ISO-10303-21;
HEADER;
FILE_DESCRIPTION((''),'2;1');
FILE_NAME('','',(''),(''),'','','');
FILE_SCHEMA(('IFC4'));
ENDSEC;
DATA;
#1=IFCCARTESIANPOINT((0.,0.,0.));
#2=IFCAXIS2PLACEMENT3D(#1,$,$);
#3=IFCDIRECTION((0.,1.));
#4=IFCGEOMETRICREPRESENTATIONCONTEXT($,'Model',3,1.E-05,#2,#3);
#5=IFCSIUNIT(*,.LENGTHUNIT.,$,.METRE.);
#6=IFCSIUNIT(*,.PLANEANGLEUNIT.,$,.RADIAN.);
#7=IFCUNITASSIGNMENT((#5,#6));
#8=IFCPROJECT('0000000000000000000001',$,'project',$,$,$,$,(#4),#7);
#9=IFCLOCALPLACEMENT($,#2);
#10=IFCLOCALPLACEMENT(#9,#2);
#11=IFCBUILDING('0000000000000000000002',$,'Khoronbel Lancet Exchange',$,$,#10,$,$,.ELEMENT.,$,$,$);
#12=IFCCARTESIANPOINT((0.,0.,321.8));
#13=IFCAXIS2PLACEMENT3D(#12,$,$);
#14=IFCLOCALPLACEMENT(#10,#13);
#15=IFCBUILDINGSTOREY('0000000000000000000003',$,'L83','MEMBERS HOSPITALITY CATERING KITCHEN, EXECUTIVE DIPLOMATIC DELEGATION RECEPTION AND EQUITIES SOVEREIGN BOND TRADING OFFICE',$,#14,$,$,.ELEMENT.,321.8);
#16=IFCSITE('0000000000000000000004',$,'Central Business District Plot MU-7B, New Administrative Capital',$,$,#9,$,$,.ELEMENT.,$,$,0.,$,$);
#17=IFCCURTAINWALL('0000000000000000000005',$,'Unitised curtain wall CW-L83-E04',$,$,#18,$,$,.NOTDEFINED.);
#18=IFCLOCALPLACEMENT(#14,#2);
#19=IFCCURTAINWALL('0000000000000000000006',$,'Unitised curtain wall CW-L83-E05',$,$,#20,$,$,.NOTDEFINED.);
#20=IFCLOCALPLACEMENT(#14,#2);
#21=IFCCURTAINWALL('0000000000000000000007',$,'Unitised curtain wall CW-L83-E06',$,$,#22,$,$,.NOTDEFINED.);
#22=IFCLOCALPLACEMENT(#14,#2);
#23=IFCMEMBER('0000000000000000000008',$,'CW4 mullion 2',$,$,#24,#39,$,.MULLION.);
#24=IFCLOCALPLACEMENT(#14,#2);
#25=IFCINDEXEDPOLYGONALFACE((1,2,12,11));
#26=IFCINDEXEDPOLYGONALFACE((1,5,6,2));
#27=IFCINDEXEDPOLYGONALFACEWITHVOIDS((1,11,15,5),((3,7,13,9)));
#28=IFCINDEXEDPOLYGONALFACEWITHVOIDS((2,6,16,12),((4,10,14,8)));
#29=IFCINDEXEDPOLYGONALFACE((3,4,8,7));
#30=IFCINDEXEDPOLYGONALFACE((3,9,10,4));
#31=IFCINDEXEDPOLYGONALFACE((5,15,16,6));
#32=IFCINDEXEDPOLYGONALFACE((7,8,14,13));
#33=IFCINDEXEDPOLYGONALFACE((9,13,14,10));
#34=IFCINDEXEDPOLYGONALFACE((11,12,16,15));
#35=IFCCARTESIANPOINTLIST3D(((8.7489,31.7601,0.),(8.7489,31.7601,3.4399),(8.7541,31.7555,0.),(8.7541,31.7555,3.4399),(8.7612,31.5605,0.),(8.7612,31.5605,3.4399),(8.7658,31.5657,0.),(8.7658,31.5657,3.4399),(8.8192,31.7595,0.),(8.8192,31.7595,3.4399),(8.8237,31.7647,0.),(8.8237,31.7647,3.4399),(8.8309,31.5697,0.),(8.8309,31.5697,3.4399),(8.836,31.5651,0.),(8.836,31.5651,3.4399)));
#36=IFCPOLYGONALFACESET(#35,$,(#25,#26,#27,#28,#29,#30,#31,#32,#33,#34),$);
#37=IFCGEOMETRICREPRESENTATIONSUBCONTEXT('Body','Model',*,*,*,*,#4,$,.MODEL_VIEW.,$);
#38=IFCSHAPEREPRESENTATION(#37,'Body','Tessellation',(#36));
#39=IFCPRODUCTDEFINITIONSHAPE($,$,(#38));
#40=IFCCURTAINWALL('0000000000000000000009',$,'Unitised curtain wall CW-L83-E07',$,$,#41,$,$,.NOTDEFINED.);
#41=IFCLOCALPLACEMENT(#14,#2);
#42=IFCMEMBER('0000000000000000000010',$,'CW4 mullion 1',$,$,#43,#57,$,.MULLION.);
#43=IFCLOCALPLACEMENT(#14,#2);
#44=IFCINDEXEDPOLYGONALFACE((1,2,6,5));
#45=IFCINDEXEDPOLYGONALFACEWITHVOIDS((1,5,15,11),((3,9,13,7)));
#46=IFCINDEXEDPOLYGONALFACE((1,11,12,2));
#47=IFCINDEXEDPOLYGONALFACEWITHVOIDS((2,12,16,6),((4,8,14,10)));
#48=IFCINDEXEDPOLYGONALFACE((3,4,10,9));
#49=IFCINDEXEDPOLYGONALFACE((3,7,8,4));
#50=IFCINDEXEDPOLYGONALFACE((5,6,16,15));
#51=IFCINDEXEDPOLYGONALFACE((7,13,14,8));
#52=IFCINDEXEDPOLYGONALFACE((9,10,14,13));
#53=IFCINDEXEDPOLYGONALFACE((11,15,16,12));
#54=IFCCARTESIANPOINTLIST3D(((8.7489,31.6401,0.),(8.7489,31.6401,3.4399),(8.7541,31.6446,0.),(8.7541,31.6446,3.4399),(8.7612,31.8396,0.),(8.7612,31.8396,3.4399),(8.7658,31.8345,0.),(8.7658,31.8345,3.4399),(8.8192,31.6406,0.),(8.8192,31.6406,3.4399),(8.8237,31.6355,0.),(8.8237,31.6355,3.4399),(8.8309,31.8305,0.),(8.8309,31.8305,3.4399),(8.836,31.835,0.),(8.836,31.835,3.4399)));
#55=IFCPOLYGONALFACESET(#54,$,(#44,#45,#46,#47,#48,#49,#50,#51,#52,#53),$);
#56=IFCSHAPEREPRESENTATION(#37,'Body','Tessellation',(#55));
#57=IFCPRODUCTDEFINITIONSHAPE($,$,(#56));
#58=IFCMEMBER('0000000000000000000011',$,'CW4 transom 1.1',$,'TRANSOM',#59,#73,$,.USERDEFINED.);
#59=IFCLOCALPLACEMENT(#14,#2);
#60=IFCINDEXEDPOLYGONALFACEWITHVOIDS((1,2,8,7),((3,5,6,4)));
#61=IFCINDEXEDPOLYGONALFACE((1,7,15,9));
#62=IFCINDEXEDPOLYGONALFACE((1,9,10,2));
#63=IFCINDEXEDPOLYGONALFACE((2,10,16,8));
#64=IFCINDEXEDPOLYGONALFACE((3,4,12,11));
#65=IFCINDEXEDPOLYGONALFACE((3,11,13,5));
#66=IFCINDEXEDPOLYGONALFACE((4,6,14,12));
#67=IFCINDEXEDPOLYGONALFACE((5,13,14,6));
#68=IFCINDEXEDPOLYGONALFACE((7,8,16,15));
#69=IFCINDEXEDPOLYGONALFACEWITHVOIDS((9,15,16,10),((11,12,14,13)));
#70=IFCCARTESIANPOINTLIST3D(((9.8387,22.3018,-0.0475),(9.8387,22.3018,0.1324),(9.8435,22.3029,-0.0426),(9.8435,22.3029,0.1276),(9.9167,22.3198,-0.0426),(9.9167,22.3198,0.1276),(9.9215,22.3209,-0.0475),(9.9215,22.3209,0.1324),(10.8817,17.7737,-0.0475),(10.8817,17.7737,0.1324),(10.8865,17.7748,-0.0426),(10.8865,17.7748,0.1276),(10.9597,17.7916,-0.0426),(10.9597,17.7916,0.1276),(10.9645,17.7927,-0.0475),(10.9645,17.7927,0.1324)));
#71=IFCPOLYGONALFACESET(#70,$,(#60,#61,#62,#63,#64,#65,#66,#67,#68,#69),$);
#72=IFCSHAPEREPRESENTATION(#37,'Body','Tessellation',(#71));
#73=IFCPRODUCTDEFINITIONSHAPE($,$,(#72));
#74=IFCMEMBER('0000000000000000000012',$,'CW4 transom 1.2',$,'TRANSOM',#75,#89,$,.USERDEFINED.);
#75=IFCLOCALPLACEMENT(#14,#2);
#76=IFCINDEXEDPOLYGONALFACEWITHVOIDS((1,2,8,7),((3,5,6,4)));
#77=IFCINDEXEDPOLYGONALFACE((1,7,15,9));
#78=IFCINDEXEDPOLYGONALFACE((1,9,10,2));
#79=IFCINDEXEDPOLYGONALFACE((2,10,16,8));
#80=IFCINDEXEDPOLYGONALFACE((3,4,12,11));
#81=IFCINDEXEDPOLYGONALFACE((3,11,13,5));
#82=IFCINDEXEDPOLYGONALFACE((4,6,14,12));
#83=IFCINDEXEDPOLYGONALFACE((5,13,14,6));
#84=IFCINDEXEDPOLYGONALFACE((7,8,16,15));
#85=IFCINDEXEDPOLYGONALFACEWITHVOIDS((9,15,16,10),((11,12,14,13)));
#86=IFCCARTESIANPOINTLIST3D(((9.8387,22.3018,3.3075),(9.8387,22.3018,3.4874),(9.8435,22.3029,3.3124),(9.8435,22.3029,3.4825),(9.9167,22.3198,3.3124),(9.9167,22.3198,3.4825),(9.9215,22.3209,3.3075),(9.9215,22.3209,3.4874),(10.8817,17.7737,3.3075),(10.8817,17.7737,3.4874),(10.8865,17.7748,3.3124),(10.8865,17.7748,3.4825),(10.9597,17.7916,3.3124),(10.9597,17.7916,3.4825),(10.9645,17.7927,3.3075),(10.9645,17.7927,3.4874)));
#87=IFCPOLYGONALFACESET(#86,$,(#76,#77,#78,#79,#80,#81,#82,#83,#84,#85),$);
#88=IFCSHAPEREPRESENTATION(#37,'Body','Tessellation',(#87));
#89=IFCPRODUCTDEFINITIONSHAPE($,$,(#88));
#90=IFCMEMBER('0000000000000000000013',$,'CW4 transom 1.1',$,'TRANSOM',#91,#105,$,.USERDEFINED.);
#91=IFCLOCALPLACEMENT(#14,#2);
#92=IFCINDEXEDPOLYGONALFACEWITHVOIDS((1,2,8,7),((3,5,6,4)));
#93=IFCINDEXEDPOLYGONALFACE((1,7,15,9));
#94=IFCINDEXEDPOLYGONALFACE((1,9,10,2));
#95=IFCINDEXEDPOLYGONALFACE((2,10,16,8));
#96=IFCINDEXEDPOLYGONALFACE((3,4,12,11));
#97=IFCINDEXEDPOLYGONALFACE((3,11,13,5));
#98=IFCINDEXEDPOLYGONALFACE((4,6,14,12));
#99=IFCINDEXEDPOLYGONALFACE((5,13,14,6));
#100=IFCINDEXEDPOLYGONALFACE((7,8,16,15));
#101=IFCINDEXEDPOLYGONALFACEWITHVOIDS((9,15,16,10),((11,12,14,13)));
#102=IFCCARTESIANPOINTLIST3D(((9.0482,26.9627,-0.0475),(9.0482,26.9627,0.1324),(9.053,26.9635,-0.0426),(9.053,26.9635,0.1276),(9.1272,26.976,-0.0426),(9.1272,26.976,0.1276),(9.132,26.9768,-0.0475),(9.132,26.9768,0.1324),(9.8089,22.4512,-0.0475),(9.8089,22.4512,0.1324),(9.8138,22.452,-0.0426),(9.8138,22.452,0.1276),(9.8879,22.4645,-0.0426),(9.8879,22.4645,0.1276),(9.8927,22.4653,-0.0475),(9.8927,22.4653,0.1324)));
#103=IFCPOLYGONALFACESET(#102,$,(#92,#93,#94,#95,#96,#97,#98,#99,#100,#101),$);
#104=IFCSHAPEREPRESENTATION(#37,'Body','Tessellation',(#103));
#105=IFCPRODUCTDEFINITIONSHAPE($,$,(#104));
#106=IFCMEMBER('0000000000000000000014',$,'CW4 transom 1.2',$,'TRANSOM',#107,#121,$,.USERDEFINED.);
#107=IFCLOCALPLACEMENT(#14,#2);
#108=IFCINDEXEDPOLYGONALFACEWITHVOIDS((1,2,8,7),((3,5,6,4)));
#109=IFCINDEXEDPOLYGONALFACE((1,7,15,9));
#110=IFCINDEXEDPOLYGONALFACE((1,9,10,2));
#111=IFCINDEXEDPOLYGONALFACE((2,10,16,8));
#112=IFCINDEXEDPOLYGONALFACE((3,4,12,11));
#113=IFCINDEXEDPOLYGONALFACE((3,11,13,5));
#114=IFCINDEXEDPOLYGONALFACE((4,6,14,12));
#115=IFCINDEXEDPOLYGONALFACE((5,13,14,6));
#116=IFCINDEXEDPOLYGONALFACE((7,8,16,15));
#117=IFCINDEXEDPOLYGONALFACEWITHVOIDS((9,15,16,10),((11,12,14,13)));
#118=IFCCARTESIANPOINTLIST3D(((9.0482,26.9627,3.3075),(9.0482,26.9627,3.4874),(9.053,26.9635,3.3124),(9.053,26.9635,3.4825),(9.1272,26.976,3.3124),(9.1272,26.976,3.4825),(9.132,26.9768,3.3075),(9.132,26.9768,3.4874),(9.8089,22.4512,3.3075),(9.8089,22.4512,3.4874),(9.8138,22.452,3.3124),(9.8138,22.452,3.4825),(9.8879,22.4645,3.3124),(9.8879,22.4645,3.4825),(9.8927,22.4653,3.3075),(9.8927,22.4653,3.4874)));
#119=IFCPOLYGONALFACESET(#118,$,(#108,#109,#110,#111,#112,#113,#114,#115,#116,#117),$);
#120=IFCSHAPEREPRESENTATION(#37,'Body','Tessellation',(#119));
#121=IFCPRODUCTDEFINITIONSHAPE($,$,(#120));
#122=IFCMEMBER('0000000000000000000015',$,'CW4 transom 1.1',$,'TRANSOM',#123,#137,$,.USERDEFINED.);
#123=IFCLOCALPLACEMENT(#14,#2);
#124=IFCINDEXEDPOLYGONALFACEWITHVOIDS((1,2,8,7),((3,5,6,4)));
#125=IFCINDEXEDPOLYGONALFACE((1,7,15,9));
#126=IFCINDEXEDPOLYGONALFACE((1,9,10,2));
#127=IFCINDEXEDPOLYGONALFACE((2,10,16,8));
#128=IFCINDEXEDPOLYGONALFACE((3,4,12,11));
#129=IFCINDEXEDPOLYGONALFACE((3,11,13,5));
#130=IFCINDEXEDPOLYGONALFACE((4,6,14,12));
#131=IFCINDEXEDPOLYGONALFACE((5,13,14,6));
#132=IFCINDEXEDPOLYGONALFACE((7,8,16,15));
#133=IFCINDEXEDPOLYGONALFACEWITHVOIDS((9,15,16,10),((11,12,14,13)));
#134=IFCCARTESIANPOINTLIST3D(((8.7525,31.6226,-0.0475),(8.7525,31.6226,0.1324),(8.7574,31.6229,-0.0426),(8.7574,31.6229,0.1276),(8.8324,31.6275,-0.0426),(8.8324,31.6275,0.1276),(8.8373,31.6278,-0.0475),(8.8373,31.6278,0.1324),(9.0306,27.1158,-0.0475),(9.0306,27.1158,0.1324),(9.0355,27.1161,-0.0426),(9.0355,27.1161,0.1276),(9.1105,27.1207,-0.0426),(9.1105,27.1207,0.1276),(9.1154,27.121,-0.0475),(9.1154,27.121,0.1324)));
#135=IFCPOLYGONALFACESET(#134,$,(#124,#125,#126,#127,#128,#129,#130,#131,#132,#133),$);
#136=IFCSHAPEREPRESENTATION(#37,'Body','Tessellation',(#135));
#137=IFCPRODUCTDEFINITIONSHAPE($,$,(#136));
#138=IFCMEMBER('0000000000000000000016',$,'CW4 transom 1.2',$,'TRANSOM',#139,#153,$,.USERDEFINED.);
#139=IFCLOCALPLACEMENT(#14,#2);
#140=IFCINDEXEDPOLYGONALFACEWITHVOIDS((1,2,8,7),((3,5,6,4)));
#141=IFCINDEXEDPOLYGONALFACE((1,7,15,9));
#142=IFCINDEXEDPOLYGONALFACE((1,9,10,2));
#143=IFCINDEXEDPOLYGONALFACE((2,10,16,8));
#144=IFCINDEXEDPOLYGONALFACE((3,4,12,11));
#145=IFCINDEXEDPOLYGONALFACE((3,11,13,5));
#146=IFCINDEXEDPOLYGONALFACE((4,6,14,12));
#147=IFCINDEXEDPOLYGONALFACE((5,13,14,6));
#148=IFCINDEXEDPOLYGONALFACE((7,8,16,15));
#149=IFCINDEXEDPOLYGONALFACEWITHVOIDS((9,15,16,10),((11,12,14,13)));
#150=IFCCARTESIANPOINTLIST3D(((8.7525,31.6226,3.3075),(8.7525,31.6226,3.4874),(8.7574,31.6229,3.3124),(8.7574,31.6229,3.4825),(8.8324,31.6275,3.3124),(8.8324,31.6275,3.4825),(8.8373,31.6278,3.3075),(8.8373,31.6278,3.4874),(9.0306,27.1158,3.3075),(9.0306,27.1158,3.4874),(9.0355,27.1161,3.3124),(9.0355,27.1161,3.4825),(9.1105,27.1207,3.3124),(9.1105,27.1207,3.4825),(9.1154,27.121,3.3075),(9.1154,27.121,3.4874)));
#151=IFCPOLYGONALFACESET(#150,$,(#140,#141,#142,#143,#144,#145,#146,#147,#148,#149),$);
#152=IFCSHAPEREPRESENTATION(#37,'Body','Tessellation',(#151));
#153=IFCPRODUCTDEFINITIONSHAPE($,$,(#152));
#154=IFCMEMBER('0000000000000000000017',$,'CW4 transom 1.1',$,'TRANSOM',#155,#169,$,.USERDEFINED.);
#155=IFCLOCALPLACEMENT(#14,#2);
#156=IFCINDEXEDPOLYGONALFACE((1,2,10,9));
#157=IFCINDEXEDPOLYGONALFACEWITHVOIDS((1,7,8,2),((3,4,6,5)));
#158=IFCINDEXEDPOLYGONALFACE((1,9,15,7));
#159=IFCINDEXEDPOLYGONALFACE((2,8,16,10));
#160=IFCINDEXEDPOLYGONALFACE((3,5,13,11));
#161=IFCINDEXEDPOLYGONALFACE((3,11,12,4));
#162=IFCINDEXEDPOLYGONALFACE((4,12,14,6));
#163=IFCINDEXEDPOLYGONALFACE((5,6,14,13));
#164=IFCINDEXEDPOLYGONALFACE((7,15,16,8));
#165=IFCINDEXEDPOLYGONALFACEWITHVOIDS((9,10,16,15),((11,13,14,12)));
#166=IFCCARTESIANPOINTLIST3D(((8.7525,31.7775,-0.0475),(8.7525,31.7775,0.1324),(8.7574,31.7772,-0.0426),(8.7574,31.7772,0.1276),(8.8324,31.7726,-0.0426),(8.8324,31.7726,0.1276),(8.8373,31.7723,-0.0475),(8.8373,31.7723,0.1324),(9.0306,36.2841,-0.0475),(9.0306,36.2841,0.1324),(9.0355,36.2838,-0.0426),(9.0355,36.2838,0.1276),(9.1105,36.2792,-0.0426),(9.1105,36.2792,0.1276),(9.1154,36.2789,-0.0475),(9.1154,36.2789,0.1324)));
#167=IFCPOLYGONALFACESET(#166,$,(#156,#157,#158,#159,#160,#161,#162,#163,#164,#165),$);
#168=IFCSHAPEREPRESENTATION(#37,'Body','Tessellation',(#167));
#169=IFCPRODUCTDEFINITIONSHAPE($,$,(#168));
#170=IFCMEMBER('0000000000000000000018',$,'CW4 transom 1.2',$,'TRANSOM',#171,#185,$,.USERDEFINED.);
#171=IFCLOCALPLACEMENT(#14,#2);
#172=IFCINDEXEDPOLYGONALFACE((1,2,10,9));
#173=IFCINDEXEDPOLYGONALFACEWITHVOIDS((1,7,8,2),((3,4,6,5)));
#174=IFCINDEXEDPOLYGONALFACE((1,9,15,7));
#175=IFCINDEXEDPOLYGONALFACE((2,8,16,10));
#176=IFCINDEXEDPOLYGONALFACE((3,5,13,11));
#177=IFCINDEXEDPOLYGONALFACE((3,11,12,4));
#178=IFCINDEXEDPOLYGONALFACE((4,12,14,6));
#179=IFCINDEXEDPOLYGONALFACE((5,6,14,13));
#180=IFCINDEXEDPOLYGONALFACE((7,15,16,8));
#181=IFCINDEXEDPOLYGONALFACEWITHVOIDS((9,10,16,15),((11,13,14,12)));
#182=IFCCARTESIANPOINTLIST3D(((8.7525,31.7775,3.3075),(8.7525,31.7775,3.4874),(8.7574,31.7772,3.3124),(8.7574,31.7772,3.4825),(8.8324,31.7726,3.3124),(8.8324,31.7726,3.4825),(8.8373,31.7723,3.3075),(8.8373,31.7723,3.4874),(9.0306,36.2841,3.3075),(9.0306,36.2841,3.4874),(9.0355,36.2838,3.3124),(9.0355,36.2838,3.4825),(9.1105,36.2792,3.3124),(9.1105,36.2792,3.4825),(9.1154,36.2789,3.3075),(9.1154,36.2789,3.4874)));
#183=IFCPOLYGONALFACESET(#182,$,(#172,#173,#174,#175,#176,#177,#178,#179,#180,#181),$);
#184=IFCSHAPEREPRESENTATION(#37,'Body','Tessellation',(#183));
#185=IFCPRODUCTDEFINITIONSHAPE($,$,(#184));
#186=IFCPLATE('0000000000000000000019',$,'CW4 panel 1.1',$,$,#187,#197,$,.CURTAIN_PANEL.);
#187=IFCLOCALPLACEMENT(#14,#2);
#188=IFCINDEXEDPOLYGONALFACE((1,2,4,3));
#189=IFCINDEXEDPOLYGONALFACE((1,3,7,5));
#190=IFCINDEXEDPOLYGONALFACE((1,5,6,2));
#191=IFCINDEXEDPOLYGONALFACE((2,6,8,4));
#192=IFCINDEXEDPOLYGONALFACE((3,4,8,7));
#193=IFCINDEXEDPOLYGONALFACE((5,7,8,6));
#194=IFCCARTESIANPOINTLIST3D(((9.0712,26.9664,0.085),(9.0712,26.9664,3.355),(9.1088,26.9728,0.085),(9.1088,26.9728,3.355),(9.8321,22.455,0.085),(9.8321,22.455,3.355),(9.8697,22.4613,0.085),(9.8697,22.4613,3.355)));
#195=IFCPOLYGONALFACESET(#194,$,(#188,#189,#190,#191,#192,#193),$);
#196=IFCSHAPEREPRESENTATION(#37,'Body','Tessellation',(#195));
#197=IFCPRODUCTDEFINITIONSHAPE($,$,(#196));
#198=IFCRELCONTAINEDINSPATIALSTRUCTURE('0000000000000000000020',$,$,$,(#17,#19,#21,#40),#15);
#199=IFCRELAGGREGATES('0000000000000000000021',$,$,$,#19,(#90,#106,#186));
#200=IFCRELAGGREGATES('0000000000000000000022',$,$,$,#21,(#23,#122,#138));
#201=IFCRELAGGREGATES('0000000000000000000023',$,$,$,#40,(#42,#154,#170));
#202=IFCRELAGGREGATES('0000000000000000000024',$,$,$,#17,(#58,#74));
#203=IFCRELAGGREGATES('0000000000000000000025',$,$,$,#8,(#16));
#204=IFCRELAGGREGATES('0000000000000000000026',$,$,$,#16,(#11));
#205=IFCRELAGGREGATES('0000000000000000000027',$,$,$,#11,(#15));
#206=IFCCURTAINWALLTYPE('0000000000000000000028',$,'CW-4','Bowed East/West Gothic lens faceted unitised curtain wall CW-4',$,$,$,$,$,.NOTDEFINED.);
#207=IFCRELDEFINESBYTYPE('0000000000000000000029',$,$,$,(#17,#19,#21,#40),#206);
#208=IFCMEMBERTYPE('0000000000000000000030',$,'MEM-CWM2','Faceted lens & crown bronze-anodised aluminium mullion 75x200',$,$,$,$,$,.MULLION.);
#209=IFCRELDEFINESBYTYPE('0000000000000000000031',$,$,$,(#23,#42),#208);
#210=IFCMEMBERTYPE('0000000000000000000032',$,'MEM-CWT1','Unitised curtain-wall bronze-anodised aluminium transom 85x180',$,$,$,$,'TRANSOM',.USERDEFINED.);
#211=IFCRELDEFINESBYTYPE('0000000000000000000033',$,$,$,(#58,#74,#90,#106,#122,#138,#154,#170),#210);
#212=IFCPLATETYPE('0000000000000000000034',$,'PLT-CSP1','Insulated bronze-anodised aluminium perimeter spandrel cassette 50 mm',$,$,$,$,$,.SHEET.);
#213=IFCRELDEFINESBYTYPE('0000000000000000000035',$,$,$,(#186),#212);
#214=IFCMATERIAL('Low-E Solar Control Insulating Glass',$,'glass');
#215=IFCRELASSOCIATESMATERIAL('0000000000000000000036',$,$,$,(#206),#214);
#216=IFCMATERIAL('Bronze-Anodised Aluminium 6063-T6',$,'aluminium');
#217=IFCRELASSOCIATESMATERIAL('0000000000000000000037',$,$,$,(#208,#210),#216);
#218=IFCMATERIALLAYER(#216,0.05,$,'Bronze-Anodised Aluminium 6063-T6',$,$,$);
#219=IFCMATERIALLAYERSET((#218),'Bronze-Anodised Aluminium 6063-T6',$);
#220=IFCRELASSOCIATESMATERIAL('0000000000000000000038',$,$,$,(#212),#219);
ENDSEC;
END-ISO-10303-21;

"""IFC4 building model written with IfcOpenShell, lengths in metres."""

from ifc_helpers import new_model, si_unit, direction, frame, origin, origin_2d, place, context, subcontext, project, spatial, rectangle, hollow_rectangle, extrude, material, layer, layer_set, material_profile, profile_set, type_object, element, aggregate, save


model = new_model("IFC4")

# Units and contexts
model_context = context("Model", 3, precision=1e-05, world=origin(), true_north=direction((0.0, 1.0)))
body_context = subcontext(model_context, "Body", "Model", "MODEL_VIEW")
ifc_project = project(units=[si_unit("LENGTHUNIT", "METRE"), si_unit("PLANEANGLEUNIT", "RADIAN")], contexts=[model_context])

# Site, building, storey
site_placement = place(None, origin())
site = spatial("IfcSite", under=ifc_project, at=site_placement, Name="Central Business District Plot MU-7B, New Administrative Capital", CompositionType="ELEMENT", RefElevation=0.0)
building_placement = place(site_placement, origin())
building = spatial("IfcBuilding", under=site, at=building_placement, Name="Khoronbel Lancet Exchange", CompositionType="ELEMENT")
storey_placement = place(building_placement, frame((0.0, 0.0, 321.8)))
storey = spatial("IfcBuildingStorey", under=building, at=storey_placement, Name="L83", Description="MEMBERS HOSPITALITY CATERING KITCHEN, EXECUTIVE DIPLOMATIC DELEGATION RECEPTION AND EQUITIES SOVEREIGN BOND TRADING OFFICE", CompositionType="ELEMENT", Elevation=321.8)

# Curtain walls, member
ifc_material_1 = material(Name="Low-E Solar Control Insulating Glass", Category="glass")
curtain_wall_type = type_object("IfcCurtainWallType", Name="CW-4", Description="Bowed East/West Gothic lens faceted unitised curtain wall CW-4", PredefinedType="NOTDEFINED", material=ifc_material_1)
curtain_wall_1_placement = place(storey_placement, origin())
curtain_wall_1 = element("IfcCurtainWall", 1, at=curtain_wall_1_placement, inside=storey, type_object=curtain_wall_type, Name="Unitised curtain wall CW-L83-E04", PredefinedType="NOTDEFINED")
ifc_material_2 = material(Name="Bronze-Anodised Aluminium 6063-T6", Category="aluminium")
ifc_material_profile_1 = material_profile(ifc_material_2, hollow_rectangle(XDim=0.075, YDim=0.2, WallThickness=0.0049, at=origin_2d()), Name="ALU MULLION 75x200")
ifc_profile_set_1 = profile_set([ifc_material_profile_1], Name="Bronze-Anodised Aluminium 6063-T6")
member_type_1 = type_object("IfcMemberType", Name="MEM-CWM2", Description="Faceted lens & crown bronze-anodised aluminium mullion 75x200", PredefinedType="MULLION", material=ifc_profile_set_1)
curtain_wall_2_placement = place(storey_placement, origin())
curtain_wall_2 = element("IfcCurtainWall", 2, at=curtain_wall_2_placement, inside=storey, type_object=curtain_wall_type, Name="Unitised curtain wall CW-L83-E05", PredefinedType="NOTDEFINED")
curtain_wall_3_placement = place(storey_placement, origin())
curtain_wall_3 = element("IfcCurtainWall", 3, at=curtain_wall_3_placement, inside=storey, type_object=curtain_wall_type, Name="Unitised curtain wall CW-L83-E06", PredefinedType="NOTDEFINED")
member_1_placement = place(storey_placement, frame((8.7925, 31.6626, 0.0), z_axis=(0.0, 0.0, 1.0), x_axis=(-0.998102, -0.061583, 0.0)))
member_1 = element("IfcMember", 4, at=member_1_placement, type_object=member_type_1, Name="CW4 mullion 2", PredefinedType="MULLION", context=body_context, shape_type="SweptSolid", body=[
    extrude(hollow_rectangle(XDim=0.075, YDim=0.2, WallThickness=0.0049, at=origin_2d()), origin(), (0.0, 0.0, 1.0), 3.4399),
])

# Curtain wall, member
curtain_wall_4_placement = place(storey_placement, origin())
curtain_wall_4 = element("IfcCurtainWall", 5, at=curtain_wall_4_placement, inside=storey, type_object=curtain_wall_type, Name="Unitised curtain wall CW-L83-E07", PredefinedType="NOTDEFINED")
member_2_placement = place(storey_placement, frame((8.7925, 31.7375, 0.0), z_axis=(0.0, 0.0, 1.0), x_axis=(-0.998102, 0.061583, 0.0)))
member_2 = element("IfcMember", 6, at=member_2_placement, type_object=member_type_1, Name="CW4 mullion 1", PredefinedType="MULLION", context=body_context, shape_type="SweptSolid", body=[
    extrude(hollow_rectangle(XDim=0.075, YDim=0.2, WallThickness=0.0049, at=origin_2d()), origin(), (0.0, 0.0, 1.0), 3.4399),
])

# Members
ifc_material_profile_2 = material_profile(ifc_material_2, hollow_rectangle(XDim=0.085, YDim=0.1799, WallThickness=0.0049, at=origin_2d()), Name="ALU TRANSOM 85x180")
ifc_profile_set_2 = profile_set([ifc_material_profile_2], Name="Bronze-Anodised Aluminium 6063-T6")
member_type_2 = type_object("IfcMemberType", Name="MEM-CWT1", Description="Unitised curtain-wall bronze-anodised aluminium transom 85x180", ElementType="TRANSOM", PredefinedType="USERDEFINED", material=ifc_profile_set_2)
member_3_placement = place(storey_placement, frame((10.9231, 17.7832, 0.0425), z_axis=(-0.224457, 0.974484, 0.0), x_axis=(-0.974484, -0.224457, 0.0)))
member_3 = element("IfcMember", 7, at=member_3_placement, type_object=member_type_2, Name="CW4 transom 1.1", ObjectType="TRANSOM", PredefinedType="USERDEFINED", context=body_context, shape_type="SweptSolid", body=[
    extrude(hollow_rectangle(XDim=0.085, YDim=0.1799, WallThickness=0.0049, at=origin_2d()), origin(), (0.0, 0.0, 1.0), 4.6467),
])
member_4_placement = place(storey_placement, frame((10.9231, 17.7832, 3.3975), z_axis=(-0.224457, 0.974484, 0.0), x_axis=(-0.974484, -0.224457, 0.0)))
member_4 = element("IfcMember", 8, at=member_4_placement, type_object=member_type_2, Name="CW4 transom 1.2", ObjectType="TRANSOM", PredefinedType="USERDEFINED", context=body_context, shape_type="SweptSolid", body=[
    extrude(hollow_rectangle(XDim=0.085, YDim=0.1799, WallThickness=0.0049, at=origin_2d()), origin(), (0.0, 0.0, 1.0), 4.6467),
])
member_5_placement = place(storey_placement, frame((9.8508, 22.4583, 0.0425), z_axis=(-0.166276, 0.986079, 0.0), x_axis=(-0.986079, -0.166276, 0.0)))
member_5 = element("IfcMember", 9, at=member_5_placement, type_object=member_type_2, Name="CW4 transom 1.1", ObjectType="TRANSOM", PredefinedType="USERDEFINED", context=body_context, shape_type="SweptSolid", body=[
    extrude(hollow_rectangle(XDim=0.085, YDim=0.1799, WallThickness=0.0049, at=origin_2d()), origin(), (0.0, 0.0, 1.0), 4.5752),
])
member_6_placement = place(storey_placement, frame((9.8508, 22.4583, 3.3975), z_axis=(-0.166276, 0.986079, 0.0), x_axis=(-0.986079, -0.166276, 0.0)))
member_6 = element("IfcMember", 10, at=member_6_placement, type_object=member_type_2, Name="CW4 transom 1.2", ObjectType="TRANSOM", PredefinedType="USERDEFINED", context=body_context, shape_type="SweptSolid", body=[
    extrude(hollow_rectangle(XDim=0.085, YDim=0.1799, WallThickness=0.0049, at=origin_2d()), origin(), (0.0, 0.0, 1.0), 4.5752),
])
member_7_placement = place(storey_placement, frame((9.073, 27.1184, 0.0425), z_axis=(-0.061584, 0.998102, 0.0), x_axis=(-0.998102, -0.061584, 0.0)))
member_7 = element("IfcMember", 11, at=member_7_placement, type_object=member_type_2, Name="CW4 transom 1.1", ObjectType="TRANSOM", PredefinedType="USERDEFINED", context=body_context, shape_type="SweptSolid", body=[
    extrude(hollow_rectangle(XDim=0.085, YDim=0.1799, WallThickness=0.0049, at=origin_2d()), origin(), (0.0, 0.0, 1.0), 4.5154),
])
member_8_placement = place(storey_placement, frame((9.073, 27.1184, 3.3975), z_axis=(-0.061584, 0.998102, 0.0), x_axis=(-0.998102, -0.061584, 0.0)))
member_8 = element("IfcMember", 12, at=member_8_placement, type_object=member_type_2, Name="CW4 transom 1.2", ObjectType="TRANSOM", PredefinedType="USERDEFINED", context=body_context, shape_type="SweptSolid", body=[
    extrude(hollow_rectangle(XDim=0.085, YDim=0.1799, WallThickness=0.0049, at=origin_2d()), origin(), (0.0, 0.0, 1.0), 4.5154),
])
member_9_placement = place(storey_placement, frame((8.7949, 31.7749, 0.0425), z_axis=(0.061587, 0.998102, 0.0), x_axis=(-0.998102, 0.061587, 0.0)))
member_9 = element("IfcMember", 13, at=member_9_placement, type_object=member_type_2, Name="CW4 transom 1.1", ObjectType="TRANSOM", PredefinedType="USERDEFINED", context=body_context, shape_type="SweptSolid", body=[
    extrude(hollow_rectangle(XDim=0.085, YDim=0.1799, WallThickness=0.0049, at=origin_2d()), origin(), (0.0, 0.0, 1.0), 4.5151),
])
member_10_placement = place(storey_placement, frame((8.7949, 31.7749, 3.3975), z_axis=(0.061587, 0.998102, 0.0), x_axis=(-0.998102, 0.061587, 0.0)))
member_10 = element("IfcMember", 14, at=member_10_placement, type_object=member_type_2, Name="CW4 transom 1.2", ObjectType="TRANSOM", PredefinedType="USERDEFINED", context=body_context, shape_type="SweptSolid", body=[
    extrude(hollow_rectangle(XDim=0.085, YDim=0.1799, WallThickness=0.0049, at=origin_2d()), origin(), (0.0, 0.0, 1.0), 4.5151),
])

# Plate
ifc_layer_1 = layer(ifc_material_2, 0.05, Name="Bronze-Anodised Aluminium 6063-T6")
ifc_layer_set_1 = layer_set([ifc_layer_1], Name="Bronze-Anodised Aluminium 6063-T6")
plate_type_1 = type_object("IfcPlateType", Name="PLT-CSP1", Description="Insulated bronze-anodised aluminium perimeter spandrel cassette 50 mm", PredefinedType="SHEET", material=ifc_layer_set_1)
plate_1_placement = place(storey_placement, frame((9.4705, 24.7139, 0.085), z_axis=(0.0, 0.0, 1.0), x_axis=(-0.166303, 0.986075, 0.0)))
plate_1 = element("IfcPlate", 15, at=plate_1_placement, type_object=plate_type_1, Name="CW4 panel 1.1", PredefinedType="CURTAIN_PANEL", context=body_context, shape_type="SweptSolid", body=[
    extrude(rectangle(XDim=4.5752, YDim=0.0381, at=origin_2d()), origin(), (0.0, 0.0, 1.0), 3.27),
])
aggregate(curtain_wall_2, [member_5, member_6, plate_1])
aggregate(curtain_wall_3, [member_1, member_7, member_8])
aggregate(curtain_wall_4, [member_2, member_9, member_10])
aggregate(curtain_wall_1, [member_3, member_4])

save(model, "model.ifc")
